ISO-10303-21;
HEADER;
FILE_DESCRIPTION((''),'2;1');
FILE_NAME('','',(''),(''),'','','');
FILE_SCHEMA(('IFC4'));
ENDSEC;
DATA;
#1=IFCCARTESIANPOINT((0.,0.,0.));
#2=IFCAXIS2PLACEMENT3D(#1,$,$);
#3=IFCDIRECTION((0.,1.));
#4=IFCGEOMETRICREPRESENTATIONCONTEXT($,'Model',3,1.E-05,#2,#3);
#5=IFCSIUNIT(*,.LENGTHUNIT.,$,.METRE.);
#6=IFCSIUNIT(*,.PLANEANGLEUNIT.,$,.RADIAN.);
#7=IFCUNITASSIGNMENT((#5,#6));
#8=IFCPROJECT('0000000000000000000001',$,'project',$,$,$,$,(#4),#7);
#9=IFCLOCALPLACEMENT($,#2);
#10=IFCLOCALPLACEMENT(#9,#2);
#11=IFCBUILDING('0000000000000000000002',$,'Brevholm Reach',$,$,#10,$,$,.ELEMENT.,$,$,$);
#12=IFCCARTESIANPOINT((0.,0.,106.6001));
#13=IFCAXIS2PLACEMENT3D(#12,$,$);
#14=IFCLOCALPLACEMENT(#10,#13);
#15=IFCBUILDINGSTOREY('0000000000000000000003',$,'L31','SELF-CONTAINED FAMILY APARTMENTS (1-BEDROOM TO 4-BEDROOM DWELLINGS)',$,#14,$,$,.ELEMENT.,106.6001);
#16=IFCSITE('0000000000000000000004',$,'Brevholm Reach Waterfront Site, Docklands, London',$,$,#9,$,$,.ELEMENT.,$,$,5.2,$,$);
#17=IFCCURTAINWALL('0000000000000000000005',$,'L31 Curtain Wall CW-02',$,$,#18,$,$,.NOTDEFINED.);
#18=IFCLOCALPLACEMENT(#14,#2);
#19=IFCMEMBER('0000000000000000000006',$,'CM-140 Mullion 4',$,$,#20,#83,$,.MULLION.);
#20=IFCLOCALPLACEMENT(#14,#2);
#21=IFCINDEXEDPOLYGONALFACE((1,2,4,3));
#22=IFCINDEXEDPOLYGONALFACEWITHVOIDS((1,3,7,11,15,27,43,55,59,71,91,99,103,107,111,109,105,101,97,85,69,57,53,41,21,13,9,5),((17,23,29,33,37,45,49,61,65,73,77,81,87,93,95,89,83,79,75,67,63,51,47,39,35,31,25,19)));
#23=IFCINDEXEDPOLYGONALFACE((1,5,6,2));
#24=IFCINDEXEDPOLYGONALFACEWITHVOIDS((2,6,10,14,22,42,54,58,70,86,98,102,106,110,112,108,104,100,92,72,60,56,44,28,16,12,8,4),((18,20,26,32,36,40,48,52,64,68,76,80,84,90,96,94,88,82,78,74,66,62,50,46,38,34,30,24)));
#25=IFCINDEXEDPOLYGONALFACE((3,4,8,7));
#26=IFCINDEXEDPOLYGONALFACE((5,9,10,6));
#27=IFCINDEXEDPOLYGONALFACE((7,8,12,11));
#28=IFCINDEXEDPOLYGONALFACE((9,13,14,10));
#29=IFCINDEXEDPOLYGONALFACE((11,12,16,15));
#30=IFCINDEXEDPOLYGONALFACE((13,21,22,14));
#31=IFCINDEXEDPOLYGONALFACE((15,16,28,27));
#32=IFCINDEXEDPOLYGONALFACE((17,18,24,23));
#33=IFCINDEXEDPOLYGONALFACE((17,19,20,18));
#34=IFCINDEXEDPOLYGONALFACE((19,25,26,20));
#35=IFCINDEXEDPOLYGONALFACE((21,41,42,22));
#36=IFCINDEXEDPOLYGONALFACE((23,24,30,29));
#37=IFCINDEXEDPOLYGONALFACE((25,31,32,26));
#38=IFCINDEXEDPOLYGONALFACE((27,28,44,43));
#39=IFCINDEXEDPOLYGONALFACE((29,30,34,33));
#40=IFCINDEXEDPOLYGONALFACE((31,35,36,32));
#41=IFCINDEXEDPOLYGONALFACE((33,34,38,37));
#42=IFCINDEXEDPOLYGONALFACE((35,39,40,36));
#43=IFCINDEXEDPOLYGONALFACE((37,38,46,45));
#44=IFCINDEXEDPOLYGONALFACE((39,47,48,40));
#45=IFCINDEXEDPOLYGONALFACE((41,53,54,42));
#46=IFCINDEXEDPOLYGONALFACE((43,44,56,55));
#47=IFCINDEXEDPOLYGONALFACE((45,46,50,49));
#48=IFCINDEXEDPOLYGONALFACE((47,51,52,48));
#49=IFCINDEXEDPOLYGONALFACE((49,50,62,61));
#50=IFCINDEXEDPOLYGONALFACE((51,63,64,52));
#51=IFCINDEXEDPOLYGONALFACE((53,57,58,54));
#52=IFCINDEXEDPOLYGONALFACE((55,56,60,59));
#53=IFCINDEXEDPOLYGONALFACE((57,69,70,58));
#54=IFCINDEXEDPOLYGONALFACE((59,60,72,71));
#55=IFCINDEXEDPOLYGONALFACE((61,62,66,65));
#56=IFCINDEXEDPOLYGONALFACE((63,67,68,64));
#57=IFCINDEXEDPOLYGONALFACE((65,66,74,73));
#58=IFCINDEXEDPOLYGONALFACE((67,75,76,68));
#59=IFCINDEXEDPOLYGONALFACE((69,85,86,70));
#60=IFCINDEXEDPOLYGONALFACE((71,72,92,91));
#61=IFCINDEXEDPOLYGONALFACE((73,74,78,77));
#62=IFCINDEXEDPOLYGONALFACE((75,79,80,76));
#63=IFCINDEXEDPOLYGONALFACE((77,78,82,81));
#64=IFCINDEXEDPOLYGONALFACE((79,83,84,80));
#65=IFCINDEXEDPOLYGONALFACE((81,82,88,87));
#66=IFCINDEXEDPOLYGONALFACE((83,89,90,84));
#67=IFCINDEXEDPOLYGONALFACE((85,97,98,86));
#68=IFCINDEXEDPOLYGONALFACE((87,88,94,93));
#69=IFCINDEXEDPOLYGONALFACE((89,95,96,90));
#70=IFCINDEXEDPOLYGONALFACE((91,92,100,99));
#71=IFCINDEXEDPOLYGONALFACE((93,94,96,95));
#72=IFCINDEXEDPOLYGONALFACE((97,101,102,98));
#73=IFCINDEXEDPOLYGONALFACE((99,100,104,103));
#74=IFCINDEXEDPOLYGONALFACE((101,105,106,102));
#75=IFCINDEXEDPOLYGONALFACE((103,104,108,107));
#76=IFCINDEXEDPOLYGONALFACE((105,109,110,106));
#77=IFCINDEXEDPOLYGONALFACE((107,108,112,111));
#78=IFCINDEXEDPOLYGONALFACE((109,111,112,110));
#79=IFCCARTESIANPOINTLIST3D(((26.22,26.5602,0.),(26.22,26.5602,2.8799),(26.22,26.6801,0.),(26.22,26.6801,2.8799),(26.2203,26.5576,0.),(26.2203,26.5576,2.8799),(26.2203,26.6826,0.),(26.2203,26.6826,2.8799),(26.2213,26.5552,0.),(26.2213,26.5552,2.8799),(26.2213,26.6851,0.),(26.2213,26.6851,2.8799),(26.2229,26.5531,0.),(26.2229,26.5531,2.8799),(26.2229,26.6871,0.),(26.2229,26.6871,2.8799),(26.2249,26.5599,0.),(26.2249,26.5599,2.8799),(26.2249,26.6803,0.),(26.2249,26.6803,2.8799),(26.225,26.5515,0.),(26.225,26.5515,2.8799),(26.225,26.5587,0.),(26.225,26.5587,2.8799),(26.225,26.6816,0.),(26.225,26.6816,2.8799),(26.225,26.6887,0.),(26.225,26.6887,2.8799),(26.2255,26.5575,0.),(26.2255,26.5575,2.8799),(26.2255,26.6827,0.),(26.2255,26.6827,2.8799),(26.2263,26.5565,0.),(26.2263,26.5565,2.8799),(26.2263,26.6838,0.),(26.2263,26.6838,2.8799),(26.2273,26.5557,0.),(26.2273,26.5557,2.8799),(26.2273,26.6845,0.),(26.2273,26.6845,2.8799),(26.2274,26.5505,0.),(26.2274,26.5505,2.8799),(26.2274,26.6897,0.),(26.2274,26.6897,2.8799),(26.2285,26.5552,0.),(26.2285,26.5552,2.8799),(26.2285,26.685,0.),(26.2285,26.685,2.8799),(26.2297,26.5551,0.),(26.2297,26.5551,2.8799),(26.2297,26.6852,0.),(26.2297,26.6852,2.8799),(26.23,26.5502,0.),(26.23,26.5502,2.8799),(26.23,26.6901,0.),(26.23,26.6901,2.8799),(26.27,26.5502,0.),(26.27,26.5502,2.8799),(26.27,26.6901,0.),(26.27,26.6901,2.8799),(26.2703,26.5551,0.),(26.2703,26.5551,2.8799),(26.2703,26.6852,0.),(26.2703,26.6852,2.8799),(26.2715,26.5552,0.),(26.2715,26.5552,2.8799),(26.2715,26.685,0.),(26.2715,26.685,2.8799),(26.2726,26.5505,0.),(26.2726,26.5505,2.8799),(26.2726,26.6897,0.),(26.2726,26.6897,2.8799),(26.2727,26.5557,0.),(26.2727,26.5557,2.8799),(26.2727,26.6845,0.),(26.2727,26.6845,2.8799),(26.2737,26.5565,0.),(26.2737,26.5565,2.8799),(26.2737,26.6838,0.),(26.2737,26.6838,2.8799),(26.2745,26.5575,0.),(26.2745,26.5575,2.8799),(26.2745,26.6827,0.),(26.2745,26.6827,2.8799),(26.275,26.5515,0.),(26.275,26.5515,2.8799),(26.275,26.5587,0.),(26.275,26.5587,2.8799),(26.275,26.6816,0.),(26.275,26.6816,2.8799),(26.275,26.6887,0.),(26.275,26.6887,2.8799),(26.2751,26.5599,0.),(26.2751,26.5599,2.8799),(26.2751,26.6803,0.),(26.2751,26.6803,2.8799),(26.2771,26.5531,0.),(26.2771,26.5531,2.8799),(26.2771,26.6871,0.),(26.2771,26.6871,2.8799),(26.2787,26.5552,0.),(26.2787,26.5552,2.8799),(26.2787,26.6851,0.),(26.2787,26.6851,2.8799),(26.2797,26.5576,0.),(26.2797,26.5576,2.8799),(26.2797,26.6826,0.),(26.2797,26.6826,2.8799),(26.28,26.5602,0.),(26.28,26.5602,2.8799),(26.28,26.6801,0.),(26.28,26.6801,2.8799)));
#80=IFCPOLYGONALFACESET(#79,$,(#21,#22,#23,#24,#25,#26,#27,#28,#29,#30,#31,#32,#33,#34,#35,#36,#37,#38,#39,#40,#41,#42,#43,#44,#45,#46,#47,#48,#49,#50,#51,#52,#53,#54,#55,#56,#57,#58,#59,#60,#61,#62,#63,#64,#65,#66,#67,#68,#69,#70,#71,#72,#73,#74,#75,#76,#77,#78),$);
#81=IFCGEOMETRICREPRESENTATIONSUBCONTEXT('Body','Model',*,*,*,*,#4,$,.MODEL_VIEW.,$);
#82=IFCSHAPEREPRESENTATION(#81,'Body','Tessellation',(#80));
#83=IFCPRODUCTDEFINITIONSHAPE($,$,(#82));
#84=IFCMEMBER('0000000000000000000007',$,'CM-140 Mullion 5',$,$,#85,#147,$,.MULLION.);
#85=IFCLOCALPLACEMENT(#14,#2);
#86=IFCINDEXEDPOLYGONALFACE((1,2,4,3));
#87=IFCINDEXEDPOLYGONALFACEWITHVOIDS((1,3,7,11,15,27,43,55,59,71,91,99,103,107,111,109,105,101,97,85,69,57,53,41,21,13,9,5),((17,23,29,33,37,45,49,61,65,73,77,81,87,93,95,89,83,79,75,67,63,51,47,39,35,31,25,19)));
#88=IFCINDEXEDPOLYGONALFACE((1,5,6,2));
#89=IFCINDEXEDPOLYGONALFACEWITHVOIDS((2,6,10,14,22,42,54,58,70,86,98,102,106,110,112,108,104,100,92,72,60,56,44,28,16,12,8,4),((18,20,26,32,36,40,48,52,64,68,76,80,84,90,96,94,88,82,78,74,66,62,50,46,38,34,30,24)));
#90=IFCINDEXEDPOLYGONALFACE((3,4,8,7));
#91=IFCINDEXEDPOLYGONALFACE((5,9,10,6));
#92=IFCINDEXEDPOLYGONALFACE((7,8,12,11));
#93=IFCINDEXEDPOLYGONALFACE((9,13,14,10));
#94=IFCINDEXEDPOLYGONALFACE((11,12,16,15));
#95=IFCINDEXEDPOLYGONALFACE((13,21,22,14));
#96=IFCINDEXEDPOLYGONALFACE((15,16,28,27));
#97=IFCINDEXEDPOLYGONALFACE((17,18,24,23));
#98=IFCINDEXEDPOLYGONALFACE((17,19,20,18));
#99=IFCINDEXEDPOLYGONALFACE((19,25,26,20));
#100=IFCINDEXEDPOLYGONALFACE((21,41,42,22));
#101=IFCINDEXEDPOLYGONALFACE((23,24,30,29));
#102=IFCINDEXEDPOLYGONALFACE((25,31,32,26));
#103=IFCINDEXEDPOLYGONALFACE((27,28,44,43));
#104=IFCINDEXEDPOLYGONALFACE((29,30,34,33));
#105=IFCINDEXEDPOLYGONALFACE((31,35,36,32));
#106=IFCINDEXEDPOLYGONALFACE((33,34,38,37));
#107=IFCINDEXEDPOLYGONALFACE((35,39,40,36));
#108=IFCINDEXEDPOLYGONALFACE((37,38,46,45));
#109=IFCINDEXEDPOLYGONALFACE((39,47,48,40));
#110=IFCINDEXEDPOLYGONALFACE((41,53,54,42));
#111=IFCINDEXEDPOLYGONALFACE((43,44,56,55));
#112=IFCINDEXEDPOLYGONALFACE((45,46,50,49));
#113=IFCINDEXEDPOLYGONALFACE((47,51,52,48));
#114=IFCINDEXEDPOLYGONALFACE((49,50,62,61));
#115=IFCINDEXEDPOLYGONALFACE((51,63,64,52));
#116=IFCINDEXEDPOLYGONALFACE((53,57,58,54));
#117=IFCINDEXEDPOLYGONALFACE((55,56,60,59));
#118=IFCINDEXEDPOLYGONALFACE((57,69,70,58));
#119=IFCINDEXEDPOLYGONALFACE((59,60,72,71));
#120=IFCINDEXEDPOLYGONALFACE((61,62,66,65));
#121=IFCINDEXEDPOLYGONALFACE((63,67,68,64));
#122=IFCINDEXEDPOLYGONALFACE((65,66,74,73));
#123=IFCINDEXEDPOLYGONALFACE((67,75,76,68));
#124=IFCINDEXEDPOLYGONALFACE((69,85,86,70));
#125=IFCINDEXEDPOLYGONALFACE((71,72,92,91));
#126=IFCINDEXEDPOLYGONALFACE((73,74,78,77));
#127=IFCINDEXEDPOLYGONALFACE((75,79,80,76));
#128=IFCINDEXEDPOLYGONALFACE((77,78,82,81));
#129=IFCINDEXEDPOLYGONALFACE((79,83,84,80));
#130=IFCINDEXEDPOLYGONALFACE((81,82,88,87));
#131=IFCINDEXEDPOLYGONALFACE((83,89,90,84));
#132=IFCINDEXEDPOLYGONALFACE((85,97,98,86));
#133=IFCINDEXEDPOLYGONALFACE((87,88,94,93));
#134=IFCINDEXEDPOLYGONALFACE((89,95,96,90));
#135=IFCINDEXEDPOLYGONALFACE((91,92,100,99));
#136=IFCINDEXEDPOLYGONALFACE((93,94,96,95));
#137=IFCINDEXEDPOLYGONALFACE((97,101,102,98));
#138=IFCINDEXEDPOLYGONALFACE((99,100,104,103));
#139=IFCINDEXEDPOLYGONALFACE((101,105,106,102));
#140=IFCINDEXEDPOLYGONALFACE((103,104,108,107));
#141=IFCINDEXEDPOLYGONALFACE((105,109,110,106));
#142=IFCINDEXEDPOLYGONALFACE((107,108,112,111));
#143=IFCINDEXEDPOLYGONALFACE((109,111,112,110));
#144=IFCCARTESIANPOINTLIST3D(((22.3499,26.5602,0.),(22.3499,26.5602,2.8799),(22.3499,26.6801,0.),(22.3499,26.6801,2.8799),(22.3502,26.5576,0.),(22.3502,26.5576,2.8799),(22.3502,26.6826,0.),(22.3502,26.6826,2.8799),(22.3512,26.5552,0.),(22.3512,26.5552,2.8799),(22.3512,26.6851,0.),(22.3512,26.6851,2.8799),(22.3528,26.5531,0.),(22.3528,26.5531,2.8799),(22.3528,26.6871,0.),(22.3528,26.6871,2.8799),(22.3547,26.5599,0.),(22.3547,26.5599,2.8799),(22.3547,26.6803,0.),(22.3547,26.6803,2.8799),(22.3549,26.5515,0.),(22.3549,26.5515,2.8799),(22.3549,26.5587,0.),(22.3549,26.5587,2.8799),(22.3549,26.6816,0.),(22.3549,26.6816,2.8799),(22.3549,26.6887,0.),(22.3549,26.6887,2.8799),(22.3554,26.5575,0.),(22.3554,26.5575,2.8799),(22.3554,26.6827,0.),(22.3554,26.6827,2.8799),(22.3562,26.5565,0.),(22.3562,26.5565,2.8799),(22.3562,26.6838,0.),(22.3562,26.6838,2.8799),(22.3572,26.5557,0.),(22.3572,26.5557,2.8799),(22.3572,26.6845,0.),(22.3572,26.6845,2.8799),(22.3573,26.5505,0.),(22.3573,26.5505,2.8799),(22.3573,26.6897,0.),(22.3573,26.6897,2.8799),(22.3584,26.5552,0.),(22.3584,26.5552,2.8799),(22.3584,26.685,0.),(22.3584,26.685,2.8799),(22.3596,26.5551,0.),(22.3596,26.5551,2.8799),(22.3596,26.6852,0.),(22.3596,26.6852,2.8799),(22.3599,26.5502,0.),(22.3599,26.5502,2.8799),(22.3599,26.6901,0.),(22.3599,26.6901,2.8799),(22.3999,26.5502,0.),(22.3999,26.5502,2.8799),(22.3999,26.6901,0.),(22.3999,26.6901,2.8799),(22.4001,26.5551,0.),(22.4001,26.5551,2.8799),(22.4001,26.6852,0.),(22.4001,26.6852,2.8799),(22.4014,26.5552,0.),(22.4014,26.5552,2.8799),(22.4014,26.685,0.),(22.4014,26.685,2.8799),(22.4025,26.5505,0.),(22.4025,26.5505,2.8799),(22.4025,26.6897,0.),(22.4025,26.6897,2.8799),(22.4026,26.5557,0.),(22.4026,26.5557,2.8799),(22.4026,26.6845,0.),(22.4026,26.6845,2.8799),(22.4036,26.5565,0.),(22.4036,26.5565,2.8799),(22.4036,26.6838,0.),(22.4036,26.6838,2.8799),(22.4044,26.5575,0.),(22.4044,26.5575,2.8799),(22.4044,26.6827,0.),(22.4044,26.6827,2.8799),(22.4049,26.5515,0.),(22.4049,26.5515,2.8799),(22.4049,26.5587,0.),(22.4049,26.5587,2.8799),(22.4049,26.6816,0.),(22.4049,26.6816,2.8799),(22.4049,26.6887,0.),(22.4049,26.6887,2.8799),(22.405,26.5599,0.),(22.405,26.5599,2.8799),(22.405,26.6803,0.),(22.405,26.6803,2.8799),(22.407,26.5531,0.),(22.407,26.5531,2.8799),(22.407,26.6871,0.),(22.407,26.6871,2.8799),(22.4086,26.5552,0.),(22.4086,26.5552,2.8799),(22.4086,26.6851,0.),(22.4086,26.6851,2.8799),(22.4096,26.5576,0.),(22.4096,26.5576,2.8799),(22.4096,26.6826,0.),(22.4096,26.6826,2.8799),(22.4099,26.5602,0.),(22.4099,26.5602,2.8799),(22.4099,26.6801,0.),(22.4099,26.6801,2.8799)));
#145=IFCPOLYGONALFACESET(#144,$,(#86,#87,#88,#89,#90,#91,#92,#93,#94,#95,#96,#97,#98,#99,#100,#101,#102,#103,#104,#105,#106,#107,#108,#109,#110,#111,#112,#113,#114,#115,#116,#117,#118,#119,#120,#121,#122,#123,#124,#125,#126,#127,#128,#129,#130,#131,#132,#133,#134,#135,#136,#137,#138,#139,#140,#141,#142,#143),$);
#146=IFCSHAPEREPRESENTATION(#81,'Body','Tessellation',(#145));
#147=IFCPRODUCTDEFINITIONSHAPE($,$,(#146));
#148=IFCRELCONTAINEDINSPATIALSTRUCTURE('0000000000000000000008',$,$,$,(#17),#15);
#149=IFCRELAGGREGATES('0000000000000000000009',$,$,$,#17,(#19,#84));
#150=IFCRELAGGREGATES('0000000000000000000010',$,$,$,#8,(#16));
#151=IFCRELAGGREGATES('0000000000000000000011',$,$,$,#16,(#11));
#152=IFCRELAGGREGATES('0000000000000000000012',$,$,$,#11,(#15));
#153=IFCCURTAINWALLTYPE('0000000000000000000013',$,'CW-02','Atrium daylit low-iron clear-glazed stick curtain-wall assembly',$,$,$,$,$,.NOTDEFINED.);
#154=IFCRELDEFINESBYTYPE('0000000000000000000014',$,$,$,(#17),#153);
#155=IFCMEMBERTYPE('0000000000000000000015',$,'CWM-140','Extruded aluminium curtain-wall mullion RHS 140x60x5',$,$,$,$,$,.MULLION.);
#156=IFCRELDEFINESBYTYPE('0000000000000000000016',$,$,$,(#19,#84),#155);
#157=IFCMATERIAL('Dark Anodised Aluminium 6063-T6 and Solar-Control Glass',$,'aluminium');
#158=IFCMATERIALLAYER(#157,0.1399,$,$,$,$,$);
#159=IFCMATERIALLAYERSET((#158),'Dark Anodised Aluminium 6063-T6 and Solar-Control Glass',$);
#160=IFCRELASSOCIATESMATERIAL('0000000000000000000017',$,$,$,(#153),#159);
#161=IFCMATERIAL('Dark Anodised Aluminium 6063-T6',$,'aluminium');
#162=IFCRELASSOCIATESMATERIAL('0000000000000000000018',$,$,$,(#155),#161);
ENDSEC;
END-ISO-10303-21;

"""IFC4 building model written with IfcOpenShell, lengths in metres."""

from ifc_helpers import new_model, si_unit, direction, frame, origin, origin_2d, place, context, subcontext, project, spatial, hollow_rectangle, extrude, material, layer, layer_set, material_profile, profile_set, type_object, element, aggregate, save


model = new_model("IFC4")

# Units and contexts
model_context = context("Model", 3, precision=1e-05, world=origin(), true_north=direction((0.0, 1.0)))
body_context = subcontext(model_context, "Body", "Model", "MODEL_VIEW")
ifc_project = project(units=[si_unit("LENGTHUNIT", "METRE"), si_unit("PLANEANGLEUNIT", "RADIAN")], contexts=[model_context])

# Site, building, storey
site_placement = place(None, origin())
site = spatial("IfcSite", under=ifc_project, at=site_placement, Name="Brevholm Reach Waterfront Site, Docklands, London", CompositionType="ELEMENT", RefElevation=5.2)
building_placement = place(site_placement, origin())
building = spatial("IfcBuilding", under=site, at=building_placement, Name="Brevholm Reach", CompositionType="ELEMENT")
storey_placement = place(building_placement, frame((0.0, 0.0, 106.6001)))
storey = spatial("IfcBuildingStorey", under=building, at=storey_placement, Name="L31", Description="SELF-CONTAINED FAMILY APARTMENTS (1-BEDROOM TO 4-BEDROOM DWELLINGS)", CompositionType="ELEMENT", Elevation=106.6001)

# Curtain wall, members
ifc_material_1 = material(Name="Dark Anodised Aluminium 6063-T6 and Solar-Control Glass", Category="aluminium")
ifc_layer_1 = layer(ifc_material_1, 0.1399)
ifc_layer_set_1 = layer_set([ifc_layer_1], Name="Dark Anodised Aluminium 6063-T6 and Solar-Control Glass")
curtain_wall_type_1 = type_object("IfcCurtainWallType", Name="CW-02", Description="Atrium daylit low-iron clear-glazed stick curtain-wall assembly", PredefinedType="NOTDEFINED", material=ifc_layer_set_1)
curtain_wall_1_placement = place(storey_placement, origin())
curtain_wall_1 = element("IfcCurtainWall", 1, at=curtain_wall_1_placement, inside=storey, type_object=curtain_wall_type_1, Name="L31 Curtain Wall CW-02", PredefinedType="NOTDEFINED")
ifc_material_2 = material(Name="Dark Anodised Aluminium 6063-T6", Category="aluminium")
ifc_material_profile_1 = material_profile(ifc_material_2, hollow_rectangle(XDim=0.0601, YDim=0.1399, WallThickness=0.0049, InnerFilletRadius=0.0049, OuterFilletRadius=0.01, at=origin_2d()), Name="RHS 140x60x5")
ifc_profile_set_1 = profile_set([ifc_material_profile_1], Name="Dark Anodised Aluminium 6063-T6")
member_type_1 = type_object("IfcMemberType", Name="CWM-140", Description="Extruded aluminium curtain-wall mullion RHS 140x60x5", PredefinedType="MULLION", material=ifc_profile_set_1)
member_1_placement = place(storey_placement, frame((26.25, 26.6201, 0.0), z_axis=(0.0, 0.0, 1.0), x_axis=(-1.0, 0.0, 0.0)))
member_1 = element("IfcMember", 2, at=member_1_placement, type_object=member_type_1, Name="CM-140 Mullion 4", PredefinedType="MULLION", context=body_context, shape_type="SweptSolid", body=[
    extrude(hollow_rectangle(XDim=0.0601, YDim=0.1399, WallThickness=0.0049, InnerFilletRadius=0.0049, OuterFilletRadius=0.01, at=origin_2d()), origin(), (0.0, 0.0, 1.0), 2.8799),
])
member_2_placement = place(storey_placement, frame((22.3799, 26.6201, 0.0), z_axis=(0.0, 0.0, 1.0), x_axis=(-1.0, 0.0, 0.0)))
member_2 = element("IfcMember", 3, at=member_2_placement, type_object=member_type_1, Name="CM-140 Mullion 5", PredefinedType="MULLION", context=body_context, shape_type="SweptSolid", body=[
    extrude(hollow_rectangle(XDim=0.0601, YDim=0.1399, WallThickness=0.0049, InnerFilletRadius=0.0049, OuterFilletRadius=0.01, at=origin_2d()), origin(), (0.0, 0.0, 1.0), 2.8799),
])

aggregate(curtain_wall_1, [member_1, member_2])

save(model, "model.ifc")
